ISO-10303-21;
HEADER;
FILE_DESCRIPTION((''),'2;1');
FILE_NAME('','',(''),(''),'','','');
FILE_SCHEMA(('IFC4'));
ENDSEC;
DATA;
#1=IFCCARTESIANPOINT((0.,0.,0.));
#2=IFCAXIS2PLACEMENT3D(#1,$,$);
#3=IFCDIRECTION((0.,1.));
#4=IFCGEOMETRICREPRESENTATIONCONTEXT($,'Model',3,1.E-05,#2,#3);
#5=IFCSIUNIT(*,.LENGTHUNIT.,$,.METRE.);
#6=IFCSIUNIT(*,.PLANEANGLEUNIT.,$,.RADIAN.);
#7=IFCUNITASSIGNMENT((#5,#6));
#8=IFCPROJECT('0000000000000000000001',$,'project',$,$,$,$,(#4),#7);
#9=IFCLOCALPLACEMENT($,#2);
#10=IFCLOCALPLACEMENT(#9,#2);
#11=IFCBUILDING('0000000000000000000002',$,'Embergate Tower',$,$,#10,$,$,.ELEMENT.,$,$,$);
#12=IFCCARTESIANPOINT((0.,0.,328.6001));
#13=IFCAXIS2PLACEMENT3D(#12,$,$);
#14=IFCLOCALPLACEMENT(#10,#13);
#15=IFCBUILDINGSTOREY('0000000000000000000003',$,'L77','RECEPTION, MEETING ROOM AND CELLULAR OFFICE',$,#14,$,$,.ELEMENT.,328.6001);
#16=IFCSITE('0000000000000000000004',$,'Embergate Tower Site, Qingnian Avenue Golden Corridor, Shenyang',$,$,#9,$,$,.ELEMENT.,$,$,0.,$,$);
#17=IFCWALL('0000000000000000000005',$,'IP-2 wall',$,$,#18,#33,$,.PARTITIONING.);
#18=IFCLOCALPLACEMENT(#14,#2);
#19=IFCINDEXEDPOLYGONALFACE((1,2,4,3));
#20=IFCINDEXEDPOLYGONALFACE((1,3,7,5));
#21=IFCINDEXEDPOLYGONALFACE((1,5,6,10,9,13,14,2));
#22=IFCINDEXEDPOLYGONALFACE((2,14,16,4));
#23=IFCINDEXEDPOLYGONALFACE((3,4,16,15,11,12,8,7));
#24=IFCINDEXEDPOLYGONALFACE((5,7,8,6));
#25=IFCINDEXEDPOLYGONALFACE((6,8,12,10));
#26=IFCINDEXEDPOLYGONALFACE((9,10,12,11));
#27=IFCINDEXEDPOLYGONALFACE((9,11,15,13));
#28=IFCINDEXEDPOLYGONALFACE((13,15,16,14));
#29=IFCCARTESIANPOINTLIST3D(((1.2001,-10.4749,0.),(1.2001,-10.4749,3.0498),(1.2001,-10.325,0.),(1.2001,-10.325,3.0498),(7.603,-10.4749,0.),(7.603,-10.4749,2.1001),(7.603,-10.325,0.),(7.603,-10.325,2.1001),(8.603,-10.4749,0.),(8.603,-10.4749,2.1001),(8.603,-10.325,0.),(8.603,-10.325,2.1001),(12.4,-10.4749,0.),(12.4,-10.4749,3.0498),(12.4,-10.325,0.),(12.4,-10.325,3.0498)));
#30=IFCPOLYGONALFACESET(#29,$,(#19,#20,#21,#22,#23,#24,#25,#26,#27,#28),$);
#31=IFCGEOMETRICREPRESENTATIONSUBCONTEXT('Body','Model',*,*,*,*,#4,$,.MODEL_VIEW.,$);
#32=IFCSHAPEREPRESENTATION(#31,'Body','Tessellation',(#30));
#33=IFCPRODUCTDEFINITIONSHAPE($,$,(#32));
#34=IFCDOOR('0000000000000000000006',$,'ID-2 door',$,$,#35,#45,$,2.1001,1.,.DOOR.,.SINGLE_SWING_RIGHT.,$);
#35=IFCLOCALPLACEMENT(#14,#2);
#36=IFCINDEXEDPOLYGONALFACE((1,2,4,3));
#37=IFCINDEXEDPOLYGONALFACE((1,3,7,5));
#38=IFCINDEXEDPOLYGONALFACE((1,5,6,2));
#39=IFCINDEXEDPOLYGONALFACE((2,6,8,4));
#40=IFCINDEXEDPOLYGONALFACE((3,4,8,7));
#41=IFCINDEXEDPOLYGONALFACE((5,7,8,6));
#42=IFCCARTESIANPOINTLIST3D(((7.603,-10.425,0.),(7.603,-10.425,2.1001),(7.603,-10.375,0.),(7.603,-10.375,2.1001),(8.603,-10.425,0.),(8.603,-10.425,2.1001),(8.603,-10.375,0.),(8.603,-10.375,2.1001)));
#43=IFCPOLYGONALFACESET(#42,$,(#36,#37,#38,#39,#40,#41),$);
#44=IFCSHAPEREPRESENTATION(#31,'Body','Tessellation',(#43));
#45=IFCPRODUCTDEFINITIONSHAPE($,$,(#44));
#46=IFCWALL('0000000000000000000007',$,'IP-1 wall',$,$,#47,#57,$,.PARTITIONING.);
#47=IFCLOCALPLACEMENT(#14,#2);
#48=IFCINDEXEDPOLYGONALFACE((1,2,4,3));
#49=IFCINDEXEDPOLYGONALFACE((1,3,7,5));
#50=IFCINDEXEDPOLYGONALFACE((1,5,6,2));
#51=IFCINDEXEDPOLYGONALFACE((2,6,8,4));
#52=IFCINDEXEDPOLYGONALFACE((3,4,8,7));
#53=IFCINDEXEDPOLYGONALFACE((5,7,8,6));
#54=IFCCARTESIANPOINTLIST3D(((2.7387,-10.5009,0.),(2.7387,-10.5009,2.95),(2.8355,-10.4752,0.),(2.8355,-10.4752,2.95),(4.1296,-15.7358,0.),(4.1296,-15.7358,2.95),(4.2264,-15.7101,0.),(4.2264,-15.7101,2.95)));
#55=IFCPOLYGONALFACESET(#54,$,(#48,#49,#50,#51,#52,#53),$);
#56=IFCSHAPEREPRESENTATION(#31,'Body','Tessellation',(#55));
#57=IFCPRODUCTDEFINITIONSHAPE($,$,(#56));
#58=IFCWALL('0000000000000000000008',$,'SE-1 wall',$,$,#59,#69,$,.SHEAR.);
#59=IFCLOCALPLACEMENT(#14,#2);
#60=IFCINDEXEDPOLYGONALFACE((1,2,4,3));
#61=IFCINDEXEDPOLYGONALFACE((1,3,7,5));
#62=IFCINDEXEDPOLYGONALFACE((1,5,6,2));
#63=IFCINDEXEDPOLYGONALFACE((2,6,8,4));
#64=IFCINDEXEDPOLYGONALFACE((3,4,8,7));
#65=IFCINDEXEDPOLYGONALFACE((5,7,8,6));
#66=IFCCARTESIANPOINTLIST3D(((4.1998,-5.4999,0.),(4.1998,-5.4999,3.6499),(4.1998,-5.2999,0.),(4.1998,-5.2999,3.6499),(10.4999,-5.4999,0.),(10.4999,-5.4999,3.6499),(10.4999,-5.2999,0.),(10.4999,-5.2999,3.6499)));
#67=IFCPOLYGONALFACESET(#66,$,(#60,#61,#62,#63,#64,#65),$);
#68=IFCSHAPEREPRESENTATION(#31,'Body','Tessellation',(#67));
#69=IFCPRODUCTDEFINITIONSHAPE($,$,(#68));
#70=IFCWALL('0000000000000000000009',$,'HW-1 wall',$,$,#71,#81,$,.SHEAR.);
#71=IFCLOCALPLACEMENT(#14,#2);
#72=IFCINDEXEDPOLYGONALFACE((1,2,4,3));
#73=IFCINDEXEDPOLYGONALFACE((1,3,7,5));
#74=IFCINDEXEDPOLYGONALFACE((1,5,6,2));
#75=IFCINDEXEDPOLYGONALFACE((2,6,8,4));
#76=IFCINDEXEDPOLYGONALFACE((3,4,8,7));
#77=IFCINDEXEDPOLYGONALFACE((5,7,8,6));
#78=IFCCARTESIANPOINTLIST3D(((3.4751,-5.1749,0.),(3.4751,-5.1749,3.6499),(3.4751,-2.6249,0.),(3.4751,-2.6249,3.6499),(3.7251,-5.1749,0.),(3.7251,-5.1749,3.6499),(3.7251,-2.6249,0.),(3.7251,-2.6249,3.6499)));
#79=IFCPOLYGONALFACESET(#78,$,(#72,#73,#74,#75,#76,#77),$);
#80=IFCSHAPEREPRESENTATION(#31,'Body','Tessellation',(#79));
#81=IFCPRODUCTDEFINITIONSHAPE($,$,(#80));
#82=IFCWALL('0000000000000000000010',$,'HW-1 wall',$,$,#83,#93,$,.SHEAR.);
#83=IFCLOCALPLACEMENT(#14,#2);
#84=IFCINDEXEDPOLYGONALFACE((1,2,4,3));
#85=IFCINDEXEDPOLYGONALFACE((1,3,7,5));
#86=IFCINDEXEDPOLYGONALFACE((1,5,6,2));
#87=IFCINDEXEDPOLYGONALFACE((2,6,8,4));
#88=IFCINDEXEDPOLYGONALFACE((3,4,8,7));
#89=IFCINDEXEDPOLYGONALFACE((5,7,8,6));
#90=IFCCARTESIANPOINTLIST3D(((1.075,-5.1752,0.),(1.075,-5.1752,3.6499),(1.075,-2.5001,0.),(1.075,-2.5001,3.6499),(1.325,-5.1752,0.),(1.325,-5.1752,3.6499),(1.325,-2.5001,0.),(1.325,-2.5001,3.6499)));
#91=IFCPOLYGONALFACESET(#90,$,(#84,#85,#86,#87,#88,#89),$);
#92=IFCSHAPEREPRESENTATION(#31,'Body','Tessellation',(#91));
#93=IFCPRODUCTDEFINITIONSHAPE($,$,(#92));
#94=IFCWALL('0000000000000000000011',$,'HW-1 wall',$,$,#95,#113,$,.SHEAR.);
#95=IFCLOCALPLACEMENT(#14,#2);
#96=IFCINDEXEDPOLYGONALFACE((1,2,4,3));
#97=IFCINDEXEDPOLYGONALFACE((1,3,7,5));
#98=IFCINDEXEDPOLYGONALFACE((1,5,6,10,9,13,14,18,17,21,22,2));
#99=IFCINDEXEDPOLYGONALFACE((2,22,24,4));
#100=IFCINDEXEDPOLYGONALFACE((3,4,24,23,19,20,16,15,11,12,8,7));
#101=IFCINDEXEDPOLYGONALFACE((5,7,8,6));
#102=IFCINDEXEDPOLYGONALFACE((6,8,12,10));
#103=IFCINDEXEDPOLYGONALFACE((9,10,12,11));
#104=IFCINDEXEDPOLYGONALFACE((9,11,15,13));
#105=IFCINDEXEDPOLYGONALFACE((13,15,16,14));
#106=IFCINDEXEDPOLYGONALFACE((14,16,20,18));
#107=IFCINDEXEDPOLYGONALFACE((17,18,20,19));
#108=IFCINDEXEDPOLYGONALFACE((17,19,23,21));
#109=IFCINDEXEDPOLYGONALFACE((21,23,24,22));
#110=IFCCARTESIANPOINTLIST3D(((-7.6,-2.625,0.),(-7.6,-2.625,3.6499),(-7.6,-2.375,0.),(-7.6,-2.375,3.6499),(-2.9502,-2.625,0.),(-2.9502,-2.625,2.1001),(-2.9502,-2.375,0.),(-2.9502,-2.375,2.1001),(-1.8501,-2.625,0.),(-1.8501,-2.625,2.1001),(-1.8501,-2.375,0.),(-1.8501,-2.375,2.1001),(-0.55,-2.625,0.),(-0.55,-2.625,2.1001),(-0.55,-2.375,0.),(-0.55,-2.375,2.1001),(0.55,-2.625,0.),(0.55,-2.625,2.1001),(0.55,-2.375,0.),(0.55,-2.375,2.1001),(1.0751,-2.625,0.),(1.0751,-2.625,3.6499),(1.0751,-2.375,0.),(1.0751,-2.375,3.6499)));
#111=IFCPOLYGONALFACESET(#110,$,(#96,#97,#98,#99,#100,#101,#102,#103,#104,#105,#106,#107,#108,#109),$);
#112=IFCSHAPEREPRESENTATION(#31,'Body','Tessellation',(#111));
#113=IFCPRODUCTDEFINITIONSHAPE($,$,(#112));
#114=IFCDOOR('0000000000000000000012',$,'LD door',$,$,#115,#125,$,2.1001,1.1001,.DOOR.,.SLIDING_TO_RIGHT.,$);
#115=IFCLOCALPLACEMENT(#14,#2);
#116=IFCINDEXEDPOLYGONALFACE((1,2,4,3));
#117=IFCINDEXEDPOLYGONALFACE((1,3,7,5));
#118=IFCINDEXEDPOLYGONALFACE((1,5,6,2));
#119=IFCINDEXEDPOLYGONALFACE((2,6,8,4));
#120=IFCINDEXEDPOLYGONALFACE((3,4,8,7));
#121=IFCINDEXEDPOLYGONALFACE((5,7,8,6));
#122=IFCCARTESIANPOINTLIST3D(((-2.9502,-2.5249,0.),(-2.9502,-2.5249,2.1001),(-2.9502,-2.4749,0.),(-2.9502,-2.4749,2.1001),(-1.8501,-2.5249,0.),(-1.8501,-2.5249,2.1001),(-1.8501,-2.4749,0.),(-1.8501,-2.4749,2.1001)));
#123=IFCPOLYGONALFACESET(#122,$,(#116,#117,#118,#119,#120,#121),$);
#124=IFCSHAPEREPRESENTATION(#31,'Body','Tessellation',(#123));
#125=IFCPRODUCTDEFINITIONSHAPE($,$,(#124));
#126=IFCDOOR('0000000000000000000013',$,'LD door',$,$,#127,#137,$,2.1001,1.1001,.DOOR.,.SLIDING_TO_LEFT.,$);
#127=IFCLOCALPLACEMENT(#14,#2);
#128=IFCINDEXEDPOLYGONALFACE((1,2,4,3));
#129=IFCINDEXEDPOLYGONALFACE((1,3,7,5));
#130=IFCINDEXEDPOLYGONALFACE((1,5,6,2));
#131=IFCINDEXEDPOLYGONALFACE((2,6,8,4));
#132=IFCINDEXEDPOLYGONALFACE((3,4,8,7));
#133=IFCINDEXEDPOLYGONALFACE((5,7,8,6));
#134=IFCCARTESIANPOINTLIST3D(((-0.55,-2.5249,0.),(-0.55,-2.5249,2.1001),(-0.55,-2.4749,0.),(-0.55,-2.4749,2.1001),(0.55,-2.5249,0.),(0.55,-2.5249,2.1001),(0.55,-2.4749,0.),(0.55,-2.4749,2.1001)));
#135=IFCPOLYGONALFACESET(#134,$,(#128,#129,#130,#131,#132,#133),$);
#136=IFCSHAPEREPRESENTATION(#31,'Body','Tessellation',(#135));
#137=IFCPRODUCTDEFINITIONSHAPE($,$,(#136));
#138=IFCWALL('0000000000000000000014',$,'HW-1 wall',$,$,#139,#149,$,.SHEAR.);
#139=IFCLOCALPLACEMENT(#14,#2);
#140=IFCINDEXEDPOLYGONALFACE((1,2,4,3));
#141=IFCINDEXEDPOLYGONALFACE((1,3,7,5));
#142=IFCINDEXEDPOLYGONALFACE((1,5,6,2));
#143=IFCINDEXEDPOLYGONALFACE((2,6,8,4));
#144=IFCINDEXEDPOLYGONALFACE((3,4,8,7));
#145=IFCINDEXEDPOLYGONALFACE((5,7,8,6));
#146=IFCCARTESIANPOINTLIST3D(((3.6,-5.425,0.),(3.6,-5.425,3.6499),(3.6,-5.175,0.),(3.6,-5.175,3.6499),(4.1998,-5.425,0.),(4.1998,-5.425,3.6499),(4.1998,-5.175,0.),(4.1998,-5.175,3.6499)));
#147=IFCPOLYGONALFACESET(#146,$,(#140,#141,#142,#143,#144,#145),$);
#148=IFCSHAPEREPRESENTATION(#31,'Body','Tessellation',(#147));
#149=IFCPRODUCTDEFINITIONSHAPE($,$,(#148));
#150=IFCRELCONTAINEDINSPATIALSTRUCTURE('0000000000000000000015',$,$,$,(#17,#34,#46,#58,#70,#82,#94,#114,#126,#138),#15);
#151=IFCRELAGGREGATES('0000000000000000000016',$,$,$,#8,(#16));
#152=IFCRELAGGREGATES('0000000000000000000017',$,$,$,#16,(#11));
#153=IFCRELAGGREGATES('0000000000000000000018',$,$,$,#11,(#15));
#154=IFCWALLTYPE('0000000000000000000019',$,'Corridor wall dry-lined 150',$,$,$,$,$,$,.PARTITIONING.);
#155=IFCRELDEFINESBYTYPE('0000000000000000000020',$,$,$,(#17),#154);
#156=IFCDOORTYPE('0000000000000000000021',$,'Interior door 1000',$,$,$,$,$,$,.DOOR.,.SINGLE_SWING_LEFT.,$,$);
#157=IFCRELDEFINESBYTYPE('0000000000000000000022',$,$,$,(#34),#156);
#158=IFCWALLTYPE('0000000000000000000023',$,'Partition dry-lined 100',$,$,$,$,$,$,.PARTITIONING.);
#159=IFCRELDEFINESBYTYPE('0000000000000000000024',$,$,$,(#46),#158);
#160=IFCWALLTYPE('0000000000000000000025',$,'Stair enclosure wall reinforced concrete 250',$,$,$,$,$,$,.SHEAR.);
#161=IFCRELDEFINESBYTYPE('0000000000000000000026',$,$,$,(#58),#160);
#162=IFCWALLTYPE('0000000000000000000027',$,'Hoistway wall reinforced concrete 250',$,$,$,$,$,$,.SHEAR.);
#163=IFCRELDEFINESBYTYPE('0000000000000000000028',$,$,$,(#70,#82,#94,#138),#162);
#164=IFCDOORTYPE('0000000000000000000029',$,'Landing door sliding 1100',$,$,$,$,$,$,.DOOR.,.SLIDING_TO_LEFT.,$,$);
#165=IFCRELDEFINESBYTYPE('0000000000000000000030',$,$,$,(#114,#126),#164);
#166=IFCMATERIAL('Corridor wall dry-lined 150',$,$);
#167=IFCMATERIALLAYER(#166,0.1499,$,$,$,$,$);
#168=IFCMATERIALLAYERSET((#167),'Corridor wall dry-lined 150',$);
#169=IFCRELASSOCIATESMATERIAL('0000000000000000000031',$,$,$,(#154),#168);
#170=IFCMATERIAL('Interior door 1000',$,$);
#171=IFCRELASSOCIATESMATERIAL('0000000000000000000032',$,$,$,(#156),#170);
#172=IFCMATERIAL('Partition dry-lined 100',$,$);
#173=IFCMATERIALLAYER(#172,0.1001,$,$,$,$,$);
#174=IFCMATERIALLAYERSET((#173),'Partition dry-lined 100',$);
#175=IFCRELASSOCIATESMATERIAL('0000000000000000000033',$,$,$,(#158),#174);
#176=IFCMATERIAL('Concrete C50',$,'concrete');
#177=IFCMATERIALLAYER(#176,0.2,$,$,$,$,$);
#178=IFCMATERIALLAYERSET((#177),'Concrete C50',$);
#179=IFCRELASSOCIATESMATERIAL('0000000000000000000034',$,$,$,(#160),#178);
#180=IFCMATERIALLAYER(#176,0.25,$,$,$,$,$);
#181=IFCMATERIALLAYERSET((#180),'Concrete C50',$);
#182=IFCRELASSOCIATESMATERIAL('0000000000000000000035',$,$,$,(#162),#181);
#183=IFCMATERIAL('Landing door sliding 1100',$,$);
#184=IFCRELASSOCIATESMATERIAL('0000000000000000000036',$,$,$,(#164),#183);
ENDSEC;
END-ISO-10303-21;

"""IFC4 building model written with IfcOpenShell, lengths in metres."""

from ifc_helpers import new_model, si_unit, direction, frame, frame_2d, origin, place, context, subcontext, project, spatial, rectangle, extrude, source, transform, mapped, material, layer, layer_set, type_object, element, fill, save


model = new_model("IFC4")

# Units and contexts
model_context = context("Model", 3, precision=1e-05, world=origin(), true_north=direction((0.0, 1.0)))
body_context = subcontext(model_context, "Body", "Model", "MODEL_VIEW")
ifc_project = project(units=[si_unit("LENGTHUNIT", "METRE"), si_unit("PLANEANGLEUNIT", "RADIAN")], contexts=[model_context])

# Site, building, storey
site_placement = place(None, origin())
site = spatial("IfcSite", under=ifc_project, at=site_placement, Name="Embergate Tower Site, Qingnian Avenue Golden Corridor, Shenyang", CompositionType="ELEMENT", RefElevation=0.0)
building_placement = place(site_placement, origin())
building = spatial("IfcBuilding", under=site, at=building_placement, Name="Embergate Tower", CompositionType="ELEMENT")
storey_placement = place(building_placement, frame((0.0, 0.0, 328.6001)))
storey = spatial("IfcBuildingStorey", under=building, at=storey_placement, Name="L77", Description="RECEPTION, MEETING ROOM AND CELLULAR OFFICE", CompositionType="ELEMENT", Elevation=328.6001)

# Wall, opening, door
ifc_material_1 = material(Name="Corridor wall dry-lined 150")
ifc_layer_1 = layer(ifc_material_1, 0.1499)
ifc_layer_set_1 = layer_set([ifc_layer_1], Name="Corridor wall dry-lined 150")
wall_type_1 = type_object("IfcWallType", Name="Corridor wall dry-lined 150", PredefinedType="PARTITIONING", material=ifc_layer_set_1)
shared_shape_1 = source(origin(), body_context, "Body", "SweptSolid", [
    extrude(rectangle(XDim=11.2, YDim=0.1499, at=frame_2d((5.6001, 0.0))), origin(), (0.0, 0.0, 1.0), 3.0498),
])
wall_1_placement = place(storey_placement, frame((1.2, -10.3999, 0.0), z_axis=(0.0, 0.0, 1.0), x_axis=(1.0, 0.0, 0.0)))
wall_1 = element("IfcWall", 1, at=wall_1_placement, inside=storey, type_object=wall_type_1, Name="IP-2 wall", PredefinedType="PARTITIONING", context=body_context, shape_type="MappedRepresentation", body=[
    mapped(shared_shape_1, transform((0.0, 0.0, 0.0))),
])
shared_shape_2 = source(origin(), body_context, "Body", "SweptSolid", [
    extrude(rectangle(XDim=1.0, YDim=2.1001, at=frame_2d((0.5, 1.05))), frame((0.0, 0.085, 0.0), z_axis=(0.0, -1.0, 0.0), x_axis=(1.0, 0.0, 0.0)), (0.0, 0.0, 1.0), 0.1699),
])
opening_1_placement = place(wall_1_placement, frame((6.4031, 0.0, 0.0)))
opening_1 = element("IfcOpeningElement", 2, at=opening_1_placement, cuts=wall_1, PredefinedType="OPENING", context=body_context, shape_type="MappedRepresentation", body=[
    mapped(shared_shape_2, transform((0.0, 0.0, 0.0))),
])
ifc_material_2 = material(Name="Interior door 1000")
door_type_1 = type_object("IfcDoorType", Name="Interior door 1000", OperationType="SINGLE_SWING_LEFT", PredefinedType="DOOR", material=ifc_material_2)
shared_shape_3 = source(origin(), body_context, "Body", "SweptSolid", [
    extrude(rectangle(XDim=1.0, YDim=2.1001, at=frame_2d((0.5, 1.05))), frame((0.0, 0.0249, 0.0), z_axis=(0.0, -1.0, 0.0), x_axis=(1.0, 0.0, 0.0)), (0.0, 0.0, 1.0), 0.05),
])
door_1_placement = place(opening_1_placement, origin())
door_1 = element("IfcDoor", 3, at=door_1_placement, inside=storey, type_object=door_type_1, Name="ID-2 door", OperationType="SINGLE_SWING_RIGHT", OverallHeight=2.1001, OverallWidth=1.0, PredefinedType="DOOR", context=body_context, shape_type="MappedRepresentation", body=[
    mapped(shared_shape_3, transform((0.0, 0.0, 0.0))),
])
fill(opening_1, door_1)

# Walls
ifc_material_3 = material(Name="Partition dry-lined 100")
ifc_layer_2 = layer(ifc_material_3, 0.1001)
ifc_layer_set_2 = layer_set([ifc_layer_2], Name="Partition dry-lined 100")
wall_type_2 = type_object("IfcWallType", Name="Partition dry-lined 100", PredefinedType="PARTITIONING", material=ifc_layer_set_2)
shared_shape_4 = source(origin(), body_context, "Body", "SweptSolid", [
    extrude(rectangle(XDim=5.4165, YDim=0.1001, at=frame_2d((2.7083, 0.0))), origin(), (0.0, 0.0, 1.0), 2.95),
])
wall_2_placement = place(storey_placement, frame((2.7871, -10.488, 0.0), z_axis=(0.0, 0.0, 1.0), x_axis=(0.256784, -0.966469, 0.0)))
element("IfcWall", 4, at=wall_2_placement, inside=storey, type_object=wall_type_2, Name="IP-1 wall", PredefinedType="PARTITIONING", context=body_context, shape_type="MappedRepresentation", body=[
    mapped(shared_shape_4, transform((0.0, 0.0, 0.0))),
])
ifc_material_4 = material(Name="Concrete C50", Category="concrete")
ifc_layer_3 = layer(ifc_material_4, 0.2)
ifc_layer_set_3 = layer_set([ifc_layer_3], Name="Concrete C50")
wall_type_3 = type_object("IfcWallType", Name="Stair enclosure wall reinforced concrete 250", PredefinedType="SHEAR", material=ifc_layer_set_3)
shared_shape_5 = source(origin(), body_context, "Body", "SweptSolid", [
    extrude(rectangle(XDim=6.3, YDim=0.2, at=frame_2d((3.1499, 0.0))), origin(), (0.0, 0.0, 1.0), 3.6499),
])
wall_3_placement = place(storey_placement, frame((4.2, -5.3999, 0.0), z_axis=(0.0, 0.0, 1.0), x_axis=(1.0, 0.0, 0.0)))
element("IfcWall", 5, at=wall_3_placement, inside=storey, type_object=wall_type_3, Name="SE-1 wall", PredefinedType="SHEAR", context=body_context, shape_type="MappedRepresentation", body=[
    mapped(shared_shape_5, transform((0.0, 0.0, 0.0))),
])
ifc_layer_4 = layer(ifc_material_4, 0.25)
ifc_layer_set_4 = layer_set([ifc_layer_4], Name="Concrete C50")
wall_type_4 = type_object("IfcWallType", Name="Hoistway wall reinforced concrete 250", PredefinedType="SHEAR", material=ifc_layer_set_4)
shared_shape_6 = source(origin(), body_context, "Body", "SweptSolid", [
    extrude(rectangle(XDim=2.55, YDim=0.25, at=frame_2d((1.2749, 0.0))), origin(), (0.0, 0.0, 1.0), 3.6499),
])
wall_4_placement = place(storey_placement, frame((3.6001, -2.625, 0.0), z_axis=(0.0, 0.0, 1.0), x_axis=(0.0, -1.0, 0.0)))
element("IfcWall", 6, at=wall_4_placement, inside=storey, type_object=wall_type_4, Name="HW-1 wall", PredefinedType="SHEAR", context=body_context, shape_type="MappedRepresentation", body=[
    mapped(shared_shape_6, transform((0.0, 0.0, 0.0))),
])
shared_shape_7 = source(origin(), body_context, "Body", "SweptSolid", [
    extrude(rectangle(XDim=2.675, YDim=0.25, at=frame_2d((1.3374, 0.0))), origin(), (0.0, 0.0, 1.0), 3.6499),
])
wall_5_placement = place(storey_placement, frame((1.2, -5.175, 0.0), z_axis=(0.0, 0.0, 1.0), x_axis=(0.0, 1.0, 0.0)))
element("IfcWall", 7, at=wall_5_placement, inside=storey, type_object=wall_type_4, Name="HW-1 wall", PredefinedType="SHEAR", context=body_context, shape_type="MappedRepresentation", body=[
    mapped(shared_shape_7, transform((0.0, 0.0, 0.0))),
])

# Wall, openings, doors
shared_shape_8 = source(origin(), body_context, "Body", "SweptSolid", [
    extrude(rectangle(XDim=8.675, YDim=0.25, at=frame_2d((4.3374, 0.0))), origin(), (0.0, 0.0, 1.0), 3.6499),
])
wall_6_placement = place(storey_placement, frame((1.075, -2.5, 0.0), z_axis=(0.0, 0.0, 1.0), x_axis=(-1.0, 0.0, 0.0)))
wall_6 = element("IfcWall", 8, at=wall_6_placement, inside=storey, type_object=wall_type_4, Name="HW-1 wall", PredefinedType="SHEAR", context=body_context, shape_type="MappedRepresentation", body=[
    mapped(shared_shape_8, transform((0.0, 0.0, 0.0))),
])
shared_shape_9 = source(origin(), body_context, "Body", "SweptSolid", [
    extrude(rectangle(XDim=1.1001, YDim=2.1001, at=frame_2d((0.55, 1.05))), frame((0.0, 0.135, 0.0), z_axis=(0.0, -1.0, 0.0), x_axis=(1.0, 0.0, 0.0)), (0.0, 0.0, 1.0), 0.27),
])
opening_2_placement = place(wall_6_placement, frame((2.925, 0.0, 0.0)))
opening_2 = element("IfcOpeningElement", 9, at=opening_2_placement, cuts=wall_6, PredefinedType="OPENING", context=body_context, shape_type="MappedRepresentation", body=[
    mapped(shared_shape_9, transform((0.0, 0.0, 0.0))),
])
opening_3_placement = place(wall_6_placement, frame((0.5249, 0.0, 0.0)))
opening_3 = element("IfcOpeningElement", 10, at=opening_3_placement, cuts=wall_6, PredefinedType="OPENING", context=body_context, shape_type="MappedRepresentation", body=[
    mapped(shared_shape_9, transform((0.0, 0.0, 0.0))),
])
ifc_material_5 = material(Name="Landing door sliding 1100")
door_type_2 = type_object("IfcDoorType", Name="Landing door sliding 1100", OperationType="SLIDING_TO_LEFT", PredefinedType="DOOR", material=ifc_material_5)
shared_shape_10 = source(origin(), body_context, "Body", "SweptSolid", [
    extrude(rectangle(XDim=1.1001, YDim=2.1001, at=frame_2d((0.55, 1.05))), frame((0.0, 0.0249, 0.0), z_axis=(0.0, -1.0, 0.0), x_axis=(1.0, 0.0, 0.0)), (0.0, 0.0, 1.0), 0.05),
])
door_2_placement = place(opening_2_placement, origin())
door_2 = element("IfcDoor", 11, at=door_2_placement, inside=storey, type_object=door_type_2, Name="LD door", OperationType="SLIDING_TO_RIGHT", OverallHeight=2.1001, OverallWidth=1.1001, PredefinedType="DOOR", context=body_context, shape_type="MappedRepresentation", body=[
    mapped(shared_shape_10, transform((0.0, 0.0, 0.0))),
])
fill(opening_2, door_2)
door_3_placement = place(opening_3_placement, origin())
door_3 = element("IfcDoor", 12, at=door_3_placement, inside=storey, type_object=door_type_2, Name="LD door", OperationType="SLIDING_TO_LEFT", OverallHeight=2.1001, OverallWidth=1.1001, PredefinedType="DOOR", context=body_context, shape_type="MappedRepresentation", body=[
    mapped(shared_shape_10, transform((0.0, 0.0, 0.0))),
])
fill(opening_3, door_3)

# Wall
shared_shape_11 = source(origin(), body_context, "Body", "SweptSolid", [
    extrude(rectangle(XDim=0.5999, YDim=0.25, at=frame_2d((0.2998, 0.0))), origin(), (0.0, 0.0, 1.0), 3.6499),
])
wall_7_placement = place(storey_placement, frame((3.6001, -5.3, 0.0), z_axis=(0.0, 0.0, 1.0), x_axis=(1.0, 0.0, 0.0)))
element("IfcWall", 13, at=wall_7_placement, inside=storey, type_object=wall_type_4, Name="HW-1 wall", PredefinedType="SHEAR", context=body_context, shape_type="MappedRepresentation", body=[
    mapped(shared_shape_11, transform((0.0, 0.0, 0.0))),
])

save(model, "model.ifc")
